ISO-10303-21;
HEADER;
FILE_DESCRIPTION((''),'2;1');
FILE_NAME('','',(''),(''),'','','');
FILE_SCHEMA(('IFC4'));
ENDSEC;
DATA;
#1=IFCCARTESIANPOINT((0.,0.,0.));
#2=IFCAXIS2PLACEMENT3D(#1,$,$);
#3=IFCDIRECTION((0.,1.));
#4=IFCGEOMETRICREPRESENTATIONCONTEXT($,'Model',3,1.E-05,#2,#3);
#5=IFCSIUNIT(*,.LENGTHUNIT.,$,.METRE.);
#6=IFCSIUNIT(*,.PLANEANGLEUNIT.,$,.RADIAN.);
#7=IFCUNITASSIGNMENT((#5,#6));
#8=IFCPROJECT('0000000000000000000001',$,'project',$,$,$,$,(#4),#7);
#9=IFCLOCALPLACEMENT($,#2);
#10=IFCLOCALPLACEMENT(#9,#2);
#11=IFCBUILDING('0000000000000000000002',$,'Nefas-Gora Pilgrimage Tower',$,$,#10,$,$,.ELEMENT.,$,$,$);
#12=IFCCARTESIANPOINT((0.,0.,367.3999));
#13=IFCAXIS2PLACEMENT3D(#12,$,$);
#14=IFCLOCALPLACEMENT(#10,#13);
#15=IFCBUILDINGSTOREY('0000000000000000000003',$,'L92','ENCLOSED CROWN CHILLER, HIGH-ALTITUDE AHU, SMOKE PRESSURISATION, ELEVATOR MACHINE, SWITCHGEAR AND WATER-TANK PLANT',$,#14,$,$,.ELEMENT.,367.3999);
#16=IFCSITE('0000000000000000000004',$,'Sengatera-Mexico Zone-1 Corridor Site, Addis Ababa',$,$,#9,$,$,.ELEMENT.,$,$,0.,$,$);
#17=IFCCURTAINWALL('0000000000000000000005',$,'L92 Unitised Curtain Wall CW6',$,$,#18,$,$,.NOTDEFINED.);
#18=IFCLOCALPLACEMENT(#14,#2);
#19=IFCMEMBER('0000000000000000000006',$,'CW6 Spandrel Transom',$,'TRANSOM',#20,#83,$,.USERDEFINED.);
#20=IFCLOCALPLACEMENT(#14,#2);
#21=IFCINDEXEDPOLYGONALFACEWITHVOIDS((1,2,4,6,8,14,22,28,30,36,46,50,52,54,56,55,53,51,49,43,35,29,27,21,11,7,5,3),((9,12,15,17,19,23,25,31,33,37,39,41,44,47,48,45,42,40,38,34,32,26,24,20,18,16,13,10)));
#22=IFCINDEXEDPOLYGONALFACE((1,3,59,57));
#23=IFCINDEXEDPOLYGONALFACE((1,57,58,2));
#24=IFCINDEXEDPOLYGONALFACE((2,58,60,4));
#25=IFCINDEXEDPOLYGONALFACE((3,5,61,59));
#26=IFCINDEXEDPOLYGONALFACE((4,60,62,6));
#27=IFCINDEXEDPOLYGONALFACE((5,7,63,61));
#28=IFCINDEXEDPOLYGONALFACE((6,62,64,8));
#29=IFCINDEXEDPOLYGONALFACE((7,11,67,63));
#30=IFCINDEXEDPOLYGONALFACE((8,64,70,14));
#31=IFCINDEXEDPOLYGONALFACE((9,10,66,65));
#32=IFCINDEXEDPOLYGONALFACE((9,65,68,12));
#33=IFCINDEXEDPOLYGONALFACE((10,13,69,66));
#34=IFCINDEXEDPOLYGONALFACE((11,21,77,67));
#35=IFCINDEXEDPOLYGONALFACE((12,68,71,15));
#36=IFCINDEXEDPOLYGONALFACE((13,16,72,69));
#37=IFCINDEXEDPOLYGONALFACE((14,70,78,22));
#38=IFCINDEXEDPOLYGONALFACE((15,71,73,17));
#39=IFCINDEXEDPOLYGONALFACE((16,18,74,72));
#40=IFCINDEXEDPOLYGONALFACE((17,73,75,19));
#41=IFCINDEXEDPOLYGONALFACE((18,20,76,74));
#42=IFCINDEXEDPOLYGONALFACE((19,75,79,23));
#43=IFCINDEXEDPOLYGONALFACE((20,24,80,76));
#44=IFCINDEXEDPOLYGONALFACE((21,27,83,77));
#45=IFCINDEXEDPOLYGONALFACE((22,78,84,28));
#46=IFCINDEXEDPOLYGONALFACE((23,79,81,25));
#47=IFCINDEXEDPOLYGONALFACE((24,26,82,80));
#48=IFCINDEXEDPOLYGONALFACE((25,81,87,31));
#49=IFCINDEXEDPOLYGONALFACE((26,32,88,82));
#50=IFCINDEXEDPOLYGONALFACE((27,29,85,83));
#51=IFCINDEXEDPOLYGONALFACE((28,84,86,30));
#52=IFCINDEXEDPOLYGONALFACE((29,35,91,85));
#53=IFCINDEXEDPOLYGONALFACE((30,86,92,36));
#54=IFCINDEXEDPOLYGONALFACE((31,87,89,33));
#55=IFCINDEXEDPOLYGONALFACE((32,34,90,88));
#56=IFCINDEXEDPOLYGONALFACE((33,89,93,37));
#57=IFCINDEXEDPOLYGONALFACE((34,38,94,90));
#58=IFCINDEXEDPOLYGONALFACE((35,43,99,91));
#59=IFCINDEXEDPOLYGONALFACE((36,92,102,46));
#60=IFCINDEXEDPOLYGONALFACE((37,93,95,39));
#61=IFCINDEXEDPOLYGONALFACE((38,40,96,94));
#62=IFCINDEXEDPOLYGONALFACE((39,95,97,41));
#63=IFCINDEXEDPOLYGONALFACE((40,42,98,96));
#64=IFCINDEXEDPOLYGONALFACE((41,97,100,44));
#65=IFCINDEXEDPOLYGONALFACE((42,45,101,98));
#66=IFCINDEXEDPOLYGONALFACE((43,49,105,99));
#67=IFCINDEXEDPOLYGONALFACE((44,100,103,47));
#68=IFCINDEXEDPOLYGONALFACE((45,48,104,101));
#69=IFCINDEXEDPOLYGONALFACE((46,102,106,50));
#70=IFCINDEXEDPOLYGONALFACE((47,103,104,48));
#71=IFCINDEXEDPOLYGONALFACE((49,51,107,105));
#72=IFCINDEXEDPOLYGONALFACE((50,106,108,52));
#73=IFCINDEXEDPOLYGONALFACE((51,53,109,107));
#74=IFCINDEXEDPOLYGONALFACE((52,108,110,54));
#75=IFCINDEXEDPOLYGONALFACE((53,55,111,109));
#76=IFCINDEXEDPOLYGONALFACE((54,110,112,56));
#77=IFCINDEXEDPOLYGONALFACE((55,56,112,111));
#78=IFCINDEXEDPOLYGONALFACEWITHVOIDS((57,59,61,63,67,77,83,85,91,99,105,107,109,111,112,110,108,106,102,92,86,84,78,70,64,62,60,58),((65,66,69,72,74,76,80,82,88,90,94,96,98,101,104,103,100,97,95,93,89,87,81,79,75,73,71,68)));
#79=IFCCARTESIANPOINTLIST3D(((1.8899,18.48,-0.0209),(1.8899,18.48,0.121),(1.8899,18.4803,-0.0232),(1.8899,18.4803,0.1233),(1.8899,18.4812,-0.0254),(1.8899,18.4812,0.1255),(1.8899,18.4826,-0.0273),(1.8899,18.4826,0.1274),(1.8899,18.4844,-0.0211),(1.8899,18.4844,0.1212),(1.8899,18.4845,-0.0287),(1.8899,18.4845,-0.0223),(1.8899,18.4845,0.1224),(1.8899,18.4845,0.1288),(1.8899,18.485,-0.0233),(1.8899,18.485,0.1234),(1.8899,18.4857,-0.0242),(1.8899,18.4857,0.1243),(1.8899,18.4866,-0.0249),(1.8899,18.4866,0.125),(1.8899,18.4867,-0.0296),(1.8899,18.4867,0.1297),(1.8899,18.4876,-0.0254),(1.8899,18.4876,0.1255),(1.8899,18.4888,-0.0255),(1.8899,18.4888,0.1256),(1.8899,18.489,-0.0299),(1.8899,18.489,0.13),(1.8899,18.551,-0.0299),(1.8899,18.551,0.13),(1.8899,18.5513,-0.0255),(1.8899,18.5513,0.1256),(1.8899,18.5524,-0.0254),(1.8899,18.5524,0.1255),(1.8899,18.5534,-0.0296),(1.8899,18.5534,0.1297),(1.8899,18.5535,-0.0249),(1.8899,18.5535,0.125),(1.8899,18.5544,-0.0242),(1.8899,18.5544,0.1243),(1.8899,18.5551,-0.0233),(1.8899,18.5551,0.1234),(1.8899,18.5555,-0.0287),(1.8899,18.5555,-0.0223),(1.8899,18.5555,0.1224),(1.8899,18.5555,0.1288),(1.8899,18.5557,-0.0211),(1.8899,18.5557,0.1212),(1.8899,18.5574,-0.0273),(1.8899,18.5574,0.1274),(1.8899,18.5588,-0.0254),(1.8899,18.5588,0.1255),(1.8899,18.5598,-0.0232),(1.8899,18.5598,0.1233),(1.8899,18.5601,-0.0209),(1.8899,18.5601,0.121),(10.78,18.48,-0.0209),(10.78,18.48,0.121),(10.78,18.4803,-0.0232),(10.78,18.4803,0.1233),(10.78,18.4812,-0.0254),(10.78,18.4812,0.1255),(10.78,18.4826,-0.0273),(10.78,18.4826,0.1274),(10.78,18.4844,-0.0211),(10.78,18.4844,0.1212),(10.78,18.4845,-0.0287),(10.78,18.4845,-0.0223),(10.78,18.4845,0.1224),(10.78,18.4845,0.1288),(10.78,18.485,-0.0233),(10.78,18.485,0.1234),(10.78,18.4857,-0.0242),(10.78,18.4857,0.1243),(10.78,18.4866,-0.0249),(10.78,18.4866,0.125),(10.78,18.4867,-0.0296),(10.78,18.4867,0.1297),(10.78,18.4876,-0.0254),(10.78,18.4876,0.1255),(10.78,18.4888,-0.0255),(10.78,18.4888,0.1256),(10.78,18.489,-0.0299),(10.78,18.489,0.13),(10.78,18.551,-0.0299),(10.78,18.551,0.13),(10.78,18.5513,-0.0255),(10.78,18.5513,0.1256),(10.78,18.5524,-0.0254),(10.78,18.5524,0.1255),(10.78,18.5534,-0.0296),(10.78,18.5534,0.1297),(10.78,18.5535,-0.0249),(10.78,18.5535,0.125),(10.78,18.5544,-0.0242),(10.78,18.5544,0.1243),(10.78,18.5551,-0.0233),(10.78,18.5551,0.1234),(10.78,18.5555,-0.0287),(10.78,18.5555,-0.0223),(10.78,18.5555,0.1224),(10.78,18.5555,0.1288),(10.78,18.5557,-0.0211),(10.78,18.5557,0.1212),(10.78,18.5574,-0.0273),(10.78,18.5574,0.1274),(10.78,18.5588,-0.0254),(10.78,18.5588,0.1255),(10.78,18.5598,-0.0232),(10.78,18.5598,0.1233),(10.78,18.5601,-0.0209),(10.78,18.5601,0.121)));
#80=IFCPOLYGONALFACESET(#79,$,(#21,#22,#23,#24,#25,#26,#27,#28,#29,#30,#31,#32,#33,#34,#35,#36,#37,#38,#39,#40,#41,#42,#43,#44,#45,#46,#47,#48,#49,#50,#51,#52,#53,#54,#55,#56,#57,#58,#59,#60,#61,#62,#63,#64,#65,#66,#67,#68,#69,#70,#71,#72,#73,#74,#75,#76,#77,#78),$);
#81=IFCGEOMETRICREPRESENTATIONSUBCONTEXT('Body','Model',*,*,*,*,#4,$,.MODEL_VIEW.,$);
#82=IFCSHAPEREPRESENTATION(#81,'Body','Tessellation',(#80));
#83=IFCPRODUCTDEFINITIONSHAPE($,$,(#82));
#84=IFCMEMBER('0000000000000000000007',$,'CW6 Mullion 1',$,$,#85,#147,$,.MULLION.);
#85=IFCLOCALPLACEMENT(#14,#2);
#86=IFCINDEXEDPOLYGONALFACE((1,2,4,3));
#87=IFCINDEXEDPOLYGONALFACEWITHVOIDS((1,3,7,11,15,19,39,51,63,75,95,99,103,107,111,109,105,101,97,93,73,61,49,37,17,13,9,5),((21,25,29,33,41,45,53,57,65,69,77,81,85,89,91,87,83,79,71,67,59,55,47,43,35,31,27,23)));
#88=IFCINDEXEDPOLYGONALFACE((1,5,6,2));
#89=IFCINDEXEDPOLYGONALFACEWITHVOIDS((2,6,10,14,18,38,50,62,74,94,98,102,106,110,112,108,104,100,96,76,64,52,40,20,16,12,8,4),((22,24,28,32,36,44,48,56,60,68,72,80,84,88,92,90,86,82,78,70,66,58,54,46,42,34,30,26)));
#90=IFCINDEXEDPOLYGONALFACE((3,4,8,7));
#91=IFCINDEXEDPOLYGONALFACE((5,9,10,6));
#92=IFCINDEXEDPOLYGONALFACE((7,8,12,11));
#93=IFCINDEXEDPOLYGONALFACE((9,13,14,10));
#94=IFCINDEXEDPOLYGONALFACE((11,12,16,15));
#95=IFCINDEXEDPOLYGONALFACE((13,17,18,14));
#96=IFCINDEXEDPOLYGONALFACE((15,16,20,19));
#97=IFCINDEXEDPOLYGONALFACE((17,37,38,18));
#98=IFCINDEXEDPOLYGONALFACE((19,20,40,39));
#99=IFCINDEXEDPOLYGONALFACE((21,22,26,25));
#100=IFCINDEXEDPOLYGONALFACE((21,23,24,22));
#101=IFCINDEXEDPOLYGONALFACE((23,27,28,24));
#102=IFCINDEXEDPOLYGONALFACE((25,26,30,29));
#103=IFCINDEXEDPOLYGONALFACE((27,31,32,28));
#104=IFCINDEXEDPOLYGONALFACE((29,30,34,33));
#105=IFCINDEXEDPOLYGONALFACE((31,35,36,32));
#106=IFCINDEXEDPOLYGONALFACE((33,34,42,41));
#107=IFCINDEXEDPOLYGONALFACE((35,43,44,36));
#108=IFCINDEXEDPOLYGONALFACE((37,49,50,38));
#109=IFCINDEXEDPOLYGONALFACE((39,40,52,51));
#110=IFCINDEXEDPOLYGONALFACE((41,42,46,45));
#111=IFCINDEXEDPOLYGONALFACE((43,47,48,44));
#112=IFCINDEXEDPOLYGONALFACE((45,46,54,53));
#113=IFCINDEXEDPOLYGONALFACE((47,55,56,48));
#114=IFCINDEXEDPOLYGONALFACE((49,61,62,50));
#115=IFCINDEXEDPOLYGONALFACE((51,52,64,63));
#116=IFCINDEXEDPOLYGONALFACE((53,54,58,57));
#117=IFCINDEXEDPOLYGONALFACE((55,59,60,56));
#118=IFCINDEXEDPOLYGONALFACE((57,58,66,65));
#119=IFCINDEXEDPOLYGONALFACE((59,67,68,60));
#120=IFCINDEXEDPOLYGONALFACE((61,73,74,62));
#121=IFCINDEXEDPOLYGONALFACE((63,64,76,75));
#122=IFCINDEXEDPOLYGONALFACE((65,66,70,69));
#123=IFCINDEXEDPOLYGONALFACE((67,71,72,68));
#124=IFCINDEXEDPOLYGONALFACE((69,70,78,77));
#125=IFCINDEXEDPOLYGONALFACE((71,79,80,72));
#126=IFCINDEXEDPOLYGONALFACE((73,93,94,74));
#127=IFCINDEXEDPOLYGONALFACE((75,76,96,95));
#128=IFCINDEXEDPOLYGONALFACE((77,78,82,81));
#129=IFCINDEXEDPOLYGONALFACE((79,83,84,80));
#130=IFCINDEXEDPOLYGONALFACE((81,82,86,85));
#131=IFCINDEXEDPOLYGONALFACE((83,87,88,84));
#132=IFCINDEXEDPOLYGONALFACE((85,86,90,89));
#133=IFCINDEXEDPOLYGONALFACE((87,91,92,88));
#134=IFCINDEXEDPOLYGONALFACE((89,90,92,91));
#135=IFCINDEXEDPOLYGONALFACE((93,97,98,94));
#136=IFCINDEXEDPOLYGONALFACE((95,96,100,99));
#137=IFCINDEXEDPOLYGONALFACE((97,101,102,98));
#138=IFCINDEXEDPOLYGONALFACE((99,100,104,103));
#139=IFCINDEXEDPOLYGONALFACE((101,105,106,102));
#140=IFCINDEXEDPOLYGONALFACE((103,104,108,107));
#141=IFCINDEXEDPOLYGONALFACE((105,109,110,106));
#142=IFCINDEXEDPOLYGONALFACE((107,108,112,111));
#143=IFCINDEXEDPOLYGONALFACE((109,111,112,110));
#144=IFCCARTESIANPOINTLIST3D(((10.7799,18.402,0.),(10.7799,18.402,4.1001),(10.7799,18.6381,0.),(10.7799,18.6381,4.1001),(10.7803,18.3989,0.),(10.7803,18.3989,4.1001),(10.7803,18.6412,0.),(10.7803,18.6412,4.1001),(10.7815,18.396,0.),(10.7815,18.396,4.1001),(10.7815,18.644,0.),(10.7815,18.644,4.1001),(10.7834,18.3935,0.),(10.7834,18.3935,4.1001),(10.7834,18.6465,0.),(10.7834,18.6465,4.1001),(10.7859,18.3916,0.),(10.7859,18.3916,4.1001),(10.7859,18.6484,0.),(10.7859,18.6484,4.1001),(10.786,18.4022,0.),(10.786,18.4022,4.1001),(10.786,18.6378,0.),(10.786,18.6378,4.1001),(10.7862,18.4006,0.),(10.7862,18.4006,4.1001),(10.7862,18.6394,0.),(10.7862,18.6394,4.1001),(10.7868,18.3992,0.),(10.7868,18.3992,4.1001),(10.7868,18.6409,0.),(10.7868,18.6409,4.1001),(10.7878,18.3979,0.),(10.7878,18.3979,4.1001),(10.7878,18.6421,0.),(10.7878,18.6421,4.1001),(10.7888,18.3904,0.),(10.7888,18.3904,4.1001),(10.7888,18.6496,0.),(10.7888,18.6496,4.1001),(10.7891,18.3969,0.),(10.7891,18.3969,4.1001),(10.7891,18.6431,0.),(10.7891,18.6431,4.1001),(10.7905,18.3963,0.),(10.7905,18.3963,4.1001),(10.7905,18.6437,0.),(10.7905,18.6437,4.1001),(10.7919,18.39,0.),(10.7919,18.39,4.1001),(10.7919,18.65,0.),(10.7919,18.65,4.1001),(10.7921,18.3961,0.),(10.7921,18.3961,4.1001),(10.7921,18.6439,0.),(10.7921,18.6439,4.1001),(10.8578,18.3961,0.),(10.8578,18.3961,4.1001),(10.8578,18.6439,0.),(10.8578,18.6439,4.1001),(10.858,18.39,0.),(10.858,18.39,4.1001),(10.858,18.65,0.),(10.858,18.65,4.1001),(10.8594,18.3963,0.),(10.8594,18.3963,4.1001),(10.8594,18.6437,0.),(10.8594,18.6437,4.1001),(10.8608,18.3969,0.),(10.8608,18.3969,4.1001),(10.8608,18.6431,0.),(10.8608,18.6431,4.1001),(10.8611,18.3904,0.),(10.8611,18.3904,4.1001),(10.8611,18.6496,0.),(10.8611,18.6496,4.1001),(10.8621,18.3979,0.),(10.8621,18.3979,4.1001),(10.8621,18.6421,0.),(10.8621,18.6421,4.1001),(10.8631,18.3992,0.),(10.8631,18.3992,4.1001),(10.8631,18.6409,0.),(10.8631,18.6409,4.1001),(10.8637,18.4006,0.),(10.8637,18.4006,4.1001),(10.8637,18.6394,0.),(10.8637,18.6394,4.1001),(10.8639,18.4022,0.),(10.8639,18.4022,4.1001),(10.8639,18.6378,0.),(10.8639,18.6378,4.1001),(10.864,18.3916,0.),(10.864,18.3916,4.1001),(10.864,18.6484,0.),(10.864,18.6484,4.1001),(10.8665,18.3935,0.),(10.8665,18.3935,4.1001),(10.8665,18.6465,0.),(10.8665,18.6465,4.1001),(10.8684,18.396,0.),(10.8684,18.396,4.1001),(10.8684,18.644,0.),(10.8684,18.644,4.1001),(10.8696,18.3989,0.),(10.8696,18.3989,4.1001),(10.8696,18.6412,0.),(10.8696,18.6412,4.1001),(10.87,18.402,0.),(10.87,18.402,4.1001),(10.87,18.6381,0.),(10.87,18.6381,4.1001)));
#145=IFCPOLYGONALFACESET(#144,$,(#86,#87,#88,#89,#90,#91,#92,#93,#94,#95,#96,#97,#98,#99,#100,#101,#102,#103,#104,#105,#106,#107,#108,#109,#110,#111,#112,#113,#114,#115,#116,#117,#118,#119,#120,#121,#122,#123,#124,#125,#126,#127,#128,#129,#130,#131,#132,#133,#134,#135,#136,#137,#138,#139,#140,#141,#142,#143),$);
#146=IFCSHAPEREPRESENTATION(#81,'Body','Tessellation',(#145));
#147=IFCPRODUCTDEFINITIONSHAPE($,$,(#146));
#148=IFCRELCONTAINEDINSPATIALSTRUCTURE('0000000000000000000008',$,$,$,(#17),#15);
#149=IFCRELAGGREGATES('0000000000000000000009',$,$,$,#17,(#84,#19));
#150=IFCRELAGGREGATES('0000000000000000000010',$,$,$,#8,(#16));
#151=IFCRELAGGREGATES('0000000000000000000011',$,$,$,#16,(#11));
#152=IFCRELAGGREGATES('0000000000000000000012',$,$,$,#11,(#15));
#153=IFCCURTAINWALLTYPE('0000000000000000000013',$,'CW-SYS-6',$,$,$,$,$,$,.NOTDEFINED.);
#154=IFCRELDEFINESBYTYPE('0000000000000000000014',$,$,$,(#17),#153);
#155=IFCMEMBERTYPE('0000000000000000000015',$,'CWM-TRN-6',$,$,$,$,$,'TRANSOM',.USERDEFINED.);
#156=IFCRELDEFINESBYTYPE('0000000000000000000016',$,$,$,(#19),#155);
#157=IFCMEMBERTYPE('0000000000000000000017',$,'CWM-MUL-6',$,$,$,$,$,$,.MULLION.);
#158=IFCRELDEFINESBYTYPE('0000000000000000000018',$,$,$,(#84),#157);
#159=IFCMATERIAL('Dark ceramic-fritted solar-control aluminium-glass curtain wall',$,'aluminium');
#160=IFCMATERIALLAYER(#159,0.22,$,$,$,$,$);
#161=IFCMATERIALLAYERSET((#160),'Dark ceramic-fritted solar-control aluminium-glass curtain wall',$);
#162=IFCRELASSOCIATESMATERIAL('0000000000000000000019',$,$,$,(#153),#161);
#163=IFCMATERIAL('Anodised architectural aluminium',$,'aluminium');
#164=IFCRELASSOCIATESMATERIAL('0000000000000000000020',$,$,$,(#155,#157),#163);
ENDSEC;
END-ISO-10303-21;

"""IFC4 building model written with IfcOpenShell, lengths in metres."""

from ifc_helpers import new_model, si_unit, direction, frame, origin, origin_2d, place, context, subcontext, project, spatial, hollow_rectangle, extrude, source, transform, mapped, material, layer, layer_set, material_profile, profile_set, type_object, element, aggregate, save


model = new_model("IFC4")

# Units and contexts
model_context = context("Model", 3, precision=1e-05, world=origin(), true_north=direction((0.0, 1.0)))
body_context = subcontext(model_context, "Body", "Model", "MODEL_VIEW")
ifc_project = project(units=[si_unit("LENGTHUNIT", "METRE"), si_unit("PLANEANGLEUNIT", "RADIAN")], contexts=[model_context])

# Site, building, storey
site_placement = place(None, origin())
site = spatial("IfcSite", under=ifc_project, at=site_placement, Name="Sengatera-Mexico Zone-1 Corridor Site, Addis Ababa", CompositionType="ELEMENT", RefElevation=0.0)
building_placement = place(site_placement, origin())
building = spatial("IfcBuilding", under=site, at=building_placement, Name="Nefas-Gora Pilgrimage Tower", CompositionType="ELEMENT")
storey_placement = place(building_placement, frame((0.0, 0.0, 367.3999)))
storey = spatial("IfcBuildingStorey", under=building, at=storey_placement, Name="L92", Description="ENCLOSED CROWN CHILLER, HIGH-ALTITUDE AHU, SMOKE PRESSURISATION, ELEVATOR MACHINE, SWITCHGEAR AND WATER-TANK PLANT", CompositionType="ELEMENT", Elevation=367.3999)

# Curtain wall, members
ifc_material_1 = material(Name="Dark ceramic-fritted solar-control aluminium-glass curtain wall", Category="aluminium")
ifc_layer_1 = layer(ifc_material_1, 0.22)
ifc_layer_set_1 = layer_set([ifc_layer_1], Name="Dark ceramic-fritted solar-control aluminium-glass curtain wall")
curtain_wall_type = type_object("IfcCurtainWallType", Name="CW-SYS-6", PredefinedType="NOTDEFINED", material=ifc_layer_set_1)
curtain_wall_1_placement = place(storey_placement, origin())
curtain_wall_1 = element("IfcCurtainWall", 1, at=curtain_wall_1_placement, inside=storey, type_object=curtain_wall_type, Name="L92 Unitised Curtain Wall CW6", PredefinedType="NOTDEFINED")
ifc_material_2 = material(Name="Anodised architectural aluminium", Category="aluminium")
ifc_material_profile_1 = material_profile(ifc_material_2, hollow_rectangle(XDim=0.0801, YDim=0.1599, WallThickness=0.0044, InnerFilletRadius=0.0044, OuterFilletRadius=0.009, at=origin_2d()), Name="ALU TRANSOM 80x160")
ifc_profile_set_1 = profile_set([ifc_material_profile_1], Name="Anodised architectural aluminium")
member_type_1 = type_object("IfcMemberType", Name="CWM-TRN-6", ElementType="TRANSOM", PredefinedType="USERDEFINED", material=ifc_profile_set_1)
shared_shape_1 = source(origin(), body_context, "Body", "SweptSolid", [
    extrude(hollow_rectangle(XDim=0.0801, YDim=0.1599, WallThickness=0.0044, InnerFilletRadius=0.0044, OuterFilletRadius=0.009, at=origin_2d()), origin(), (0.0, 0.0, 1.0), 8.8901),
])
member_1_placement = place(storey_placement, frame((10.78, 18.52, 0.05), z_axis=(-1.0, 0.0, 0.0), x_axis=(0.0, -1.0, 0.0)))
member_1 = element("IfcMember", 2, at=member_1_placement, type_object=member_type_1, Name="CW6 Spandrel Transom", ObjectType="TRANSOM", PredefinedType="USERDEFINED", context=body_context, shape_type="MappedRepresentation", body=[
    mapped(shared_shape_1, transform((0.0, 0.0, 0.0), x_axis=(1.0, 0.0, 0.0), y_axis=(0.0, 1.0, 0.0), z_axis=(0.0, 0.0, 1.0), scale=1.0)),
])
ifc_material_profile_2 = material_profile(ifc_material_2, hollow_rectangle(XDim=0.0901, YDim=0.26, WallThickness=0.0061, InnerFilletRadius=0.0061, OuterFilletRadius=0.012, at=origin_2d()), Name="ALU MULLION 90x260")
ifc_profile_set_2 = profile_set([ifc_material_profile_2], Name="Anodised architectural aluminium")
member_type_2 = type_object("IfcMemberType", Name="CWM-MUL-6", PredefinedType="MULLION", material=ifc_profile_set_2)
shared_shape_2 = source(origin(), body_context, "Body", "SweptSolid", [
    extrude(hollow_rectangle(XDim=0.0901, YDim=0.26, WallThickness=0.0061, InnerFilletRadius=0.0061, OuterFilletRadius=0.012, at=origin_2d()), origin(), (0.0, 0.0, 1.0), 4.1001),
])
member_2_placement = place(storey_placement, frame((10.825, 18.52, 0.0), z_axis=(0.0, 0.0, 1.0), x_axis=(-1.0, 0.0, 0.0)))
member_2 = element("IfcMember", 3, at=member_2_placement, type_object=member_type_2, Name="CW6 Mullion 1", PredefinedType="MULLION", context=body_context, shape_type="MappedRepresentation", body=[
    mapped(shared_shape_2, transform((0.0, 0.0, 0.0), x_axis=(1.0, 0.0, 0.0), y_axis=(0.0, 1.0, 0.0), z_axis=(0.0, 0.0, 1.0), scale=1.0)),
])

aggregate(curtain_wall_1, [member_2, member_1])

save(model, "model.ifc")
